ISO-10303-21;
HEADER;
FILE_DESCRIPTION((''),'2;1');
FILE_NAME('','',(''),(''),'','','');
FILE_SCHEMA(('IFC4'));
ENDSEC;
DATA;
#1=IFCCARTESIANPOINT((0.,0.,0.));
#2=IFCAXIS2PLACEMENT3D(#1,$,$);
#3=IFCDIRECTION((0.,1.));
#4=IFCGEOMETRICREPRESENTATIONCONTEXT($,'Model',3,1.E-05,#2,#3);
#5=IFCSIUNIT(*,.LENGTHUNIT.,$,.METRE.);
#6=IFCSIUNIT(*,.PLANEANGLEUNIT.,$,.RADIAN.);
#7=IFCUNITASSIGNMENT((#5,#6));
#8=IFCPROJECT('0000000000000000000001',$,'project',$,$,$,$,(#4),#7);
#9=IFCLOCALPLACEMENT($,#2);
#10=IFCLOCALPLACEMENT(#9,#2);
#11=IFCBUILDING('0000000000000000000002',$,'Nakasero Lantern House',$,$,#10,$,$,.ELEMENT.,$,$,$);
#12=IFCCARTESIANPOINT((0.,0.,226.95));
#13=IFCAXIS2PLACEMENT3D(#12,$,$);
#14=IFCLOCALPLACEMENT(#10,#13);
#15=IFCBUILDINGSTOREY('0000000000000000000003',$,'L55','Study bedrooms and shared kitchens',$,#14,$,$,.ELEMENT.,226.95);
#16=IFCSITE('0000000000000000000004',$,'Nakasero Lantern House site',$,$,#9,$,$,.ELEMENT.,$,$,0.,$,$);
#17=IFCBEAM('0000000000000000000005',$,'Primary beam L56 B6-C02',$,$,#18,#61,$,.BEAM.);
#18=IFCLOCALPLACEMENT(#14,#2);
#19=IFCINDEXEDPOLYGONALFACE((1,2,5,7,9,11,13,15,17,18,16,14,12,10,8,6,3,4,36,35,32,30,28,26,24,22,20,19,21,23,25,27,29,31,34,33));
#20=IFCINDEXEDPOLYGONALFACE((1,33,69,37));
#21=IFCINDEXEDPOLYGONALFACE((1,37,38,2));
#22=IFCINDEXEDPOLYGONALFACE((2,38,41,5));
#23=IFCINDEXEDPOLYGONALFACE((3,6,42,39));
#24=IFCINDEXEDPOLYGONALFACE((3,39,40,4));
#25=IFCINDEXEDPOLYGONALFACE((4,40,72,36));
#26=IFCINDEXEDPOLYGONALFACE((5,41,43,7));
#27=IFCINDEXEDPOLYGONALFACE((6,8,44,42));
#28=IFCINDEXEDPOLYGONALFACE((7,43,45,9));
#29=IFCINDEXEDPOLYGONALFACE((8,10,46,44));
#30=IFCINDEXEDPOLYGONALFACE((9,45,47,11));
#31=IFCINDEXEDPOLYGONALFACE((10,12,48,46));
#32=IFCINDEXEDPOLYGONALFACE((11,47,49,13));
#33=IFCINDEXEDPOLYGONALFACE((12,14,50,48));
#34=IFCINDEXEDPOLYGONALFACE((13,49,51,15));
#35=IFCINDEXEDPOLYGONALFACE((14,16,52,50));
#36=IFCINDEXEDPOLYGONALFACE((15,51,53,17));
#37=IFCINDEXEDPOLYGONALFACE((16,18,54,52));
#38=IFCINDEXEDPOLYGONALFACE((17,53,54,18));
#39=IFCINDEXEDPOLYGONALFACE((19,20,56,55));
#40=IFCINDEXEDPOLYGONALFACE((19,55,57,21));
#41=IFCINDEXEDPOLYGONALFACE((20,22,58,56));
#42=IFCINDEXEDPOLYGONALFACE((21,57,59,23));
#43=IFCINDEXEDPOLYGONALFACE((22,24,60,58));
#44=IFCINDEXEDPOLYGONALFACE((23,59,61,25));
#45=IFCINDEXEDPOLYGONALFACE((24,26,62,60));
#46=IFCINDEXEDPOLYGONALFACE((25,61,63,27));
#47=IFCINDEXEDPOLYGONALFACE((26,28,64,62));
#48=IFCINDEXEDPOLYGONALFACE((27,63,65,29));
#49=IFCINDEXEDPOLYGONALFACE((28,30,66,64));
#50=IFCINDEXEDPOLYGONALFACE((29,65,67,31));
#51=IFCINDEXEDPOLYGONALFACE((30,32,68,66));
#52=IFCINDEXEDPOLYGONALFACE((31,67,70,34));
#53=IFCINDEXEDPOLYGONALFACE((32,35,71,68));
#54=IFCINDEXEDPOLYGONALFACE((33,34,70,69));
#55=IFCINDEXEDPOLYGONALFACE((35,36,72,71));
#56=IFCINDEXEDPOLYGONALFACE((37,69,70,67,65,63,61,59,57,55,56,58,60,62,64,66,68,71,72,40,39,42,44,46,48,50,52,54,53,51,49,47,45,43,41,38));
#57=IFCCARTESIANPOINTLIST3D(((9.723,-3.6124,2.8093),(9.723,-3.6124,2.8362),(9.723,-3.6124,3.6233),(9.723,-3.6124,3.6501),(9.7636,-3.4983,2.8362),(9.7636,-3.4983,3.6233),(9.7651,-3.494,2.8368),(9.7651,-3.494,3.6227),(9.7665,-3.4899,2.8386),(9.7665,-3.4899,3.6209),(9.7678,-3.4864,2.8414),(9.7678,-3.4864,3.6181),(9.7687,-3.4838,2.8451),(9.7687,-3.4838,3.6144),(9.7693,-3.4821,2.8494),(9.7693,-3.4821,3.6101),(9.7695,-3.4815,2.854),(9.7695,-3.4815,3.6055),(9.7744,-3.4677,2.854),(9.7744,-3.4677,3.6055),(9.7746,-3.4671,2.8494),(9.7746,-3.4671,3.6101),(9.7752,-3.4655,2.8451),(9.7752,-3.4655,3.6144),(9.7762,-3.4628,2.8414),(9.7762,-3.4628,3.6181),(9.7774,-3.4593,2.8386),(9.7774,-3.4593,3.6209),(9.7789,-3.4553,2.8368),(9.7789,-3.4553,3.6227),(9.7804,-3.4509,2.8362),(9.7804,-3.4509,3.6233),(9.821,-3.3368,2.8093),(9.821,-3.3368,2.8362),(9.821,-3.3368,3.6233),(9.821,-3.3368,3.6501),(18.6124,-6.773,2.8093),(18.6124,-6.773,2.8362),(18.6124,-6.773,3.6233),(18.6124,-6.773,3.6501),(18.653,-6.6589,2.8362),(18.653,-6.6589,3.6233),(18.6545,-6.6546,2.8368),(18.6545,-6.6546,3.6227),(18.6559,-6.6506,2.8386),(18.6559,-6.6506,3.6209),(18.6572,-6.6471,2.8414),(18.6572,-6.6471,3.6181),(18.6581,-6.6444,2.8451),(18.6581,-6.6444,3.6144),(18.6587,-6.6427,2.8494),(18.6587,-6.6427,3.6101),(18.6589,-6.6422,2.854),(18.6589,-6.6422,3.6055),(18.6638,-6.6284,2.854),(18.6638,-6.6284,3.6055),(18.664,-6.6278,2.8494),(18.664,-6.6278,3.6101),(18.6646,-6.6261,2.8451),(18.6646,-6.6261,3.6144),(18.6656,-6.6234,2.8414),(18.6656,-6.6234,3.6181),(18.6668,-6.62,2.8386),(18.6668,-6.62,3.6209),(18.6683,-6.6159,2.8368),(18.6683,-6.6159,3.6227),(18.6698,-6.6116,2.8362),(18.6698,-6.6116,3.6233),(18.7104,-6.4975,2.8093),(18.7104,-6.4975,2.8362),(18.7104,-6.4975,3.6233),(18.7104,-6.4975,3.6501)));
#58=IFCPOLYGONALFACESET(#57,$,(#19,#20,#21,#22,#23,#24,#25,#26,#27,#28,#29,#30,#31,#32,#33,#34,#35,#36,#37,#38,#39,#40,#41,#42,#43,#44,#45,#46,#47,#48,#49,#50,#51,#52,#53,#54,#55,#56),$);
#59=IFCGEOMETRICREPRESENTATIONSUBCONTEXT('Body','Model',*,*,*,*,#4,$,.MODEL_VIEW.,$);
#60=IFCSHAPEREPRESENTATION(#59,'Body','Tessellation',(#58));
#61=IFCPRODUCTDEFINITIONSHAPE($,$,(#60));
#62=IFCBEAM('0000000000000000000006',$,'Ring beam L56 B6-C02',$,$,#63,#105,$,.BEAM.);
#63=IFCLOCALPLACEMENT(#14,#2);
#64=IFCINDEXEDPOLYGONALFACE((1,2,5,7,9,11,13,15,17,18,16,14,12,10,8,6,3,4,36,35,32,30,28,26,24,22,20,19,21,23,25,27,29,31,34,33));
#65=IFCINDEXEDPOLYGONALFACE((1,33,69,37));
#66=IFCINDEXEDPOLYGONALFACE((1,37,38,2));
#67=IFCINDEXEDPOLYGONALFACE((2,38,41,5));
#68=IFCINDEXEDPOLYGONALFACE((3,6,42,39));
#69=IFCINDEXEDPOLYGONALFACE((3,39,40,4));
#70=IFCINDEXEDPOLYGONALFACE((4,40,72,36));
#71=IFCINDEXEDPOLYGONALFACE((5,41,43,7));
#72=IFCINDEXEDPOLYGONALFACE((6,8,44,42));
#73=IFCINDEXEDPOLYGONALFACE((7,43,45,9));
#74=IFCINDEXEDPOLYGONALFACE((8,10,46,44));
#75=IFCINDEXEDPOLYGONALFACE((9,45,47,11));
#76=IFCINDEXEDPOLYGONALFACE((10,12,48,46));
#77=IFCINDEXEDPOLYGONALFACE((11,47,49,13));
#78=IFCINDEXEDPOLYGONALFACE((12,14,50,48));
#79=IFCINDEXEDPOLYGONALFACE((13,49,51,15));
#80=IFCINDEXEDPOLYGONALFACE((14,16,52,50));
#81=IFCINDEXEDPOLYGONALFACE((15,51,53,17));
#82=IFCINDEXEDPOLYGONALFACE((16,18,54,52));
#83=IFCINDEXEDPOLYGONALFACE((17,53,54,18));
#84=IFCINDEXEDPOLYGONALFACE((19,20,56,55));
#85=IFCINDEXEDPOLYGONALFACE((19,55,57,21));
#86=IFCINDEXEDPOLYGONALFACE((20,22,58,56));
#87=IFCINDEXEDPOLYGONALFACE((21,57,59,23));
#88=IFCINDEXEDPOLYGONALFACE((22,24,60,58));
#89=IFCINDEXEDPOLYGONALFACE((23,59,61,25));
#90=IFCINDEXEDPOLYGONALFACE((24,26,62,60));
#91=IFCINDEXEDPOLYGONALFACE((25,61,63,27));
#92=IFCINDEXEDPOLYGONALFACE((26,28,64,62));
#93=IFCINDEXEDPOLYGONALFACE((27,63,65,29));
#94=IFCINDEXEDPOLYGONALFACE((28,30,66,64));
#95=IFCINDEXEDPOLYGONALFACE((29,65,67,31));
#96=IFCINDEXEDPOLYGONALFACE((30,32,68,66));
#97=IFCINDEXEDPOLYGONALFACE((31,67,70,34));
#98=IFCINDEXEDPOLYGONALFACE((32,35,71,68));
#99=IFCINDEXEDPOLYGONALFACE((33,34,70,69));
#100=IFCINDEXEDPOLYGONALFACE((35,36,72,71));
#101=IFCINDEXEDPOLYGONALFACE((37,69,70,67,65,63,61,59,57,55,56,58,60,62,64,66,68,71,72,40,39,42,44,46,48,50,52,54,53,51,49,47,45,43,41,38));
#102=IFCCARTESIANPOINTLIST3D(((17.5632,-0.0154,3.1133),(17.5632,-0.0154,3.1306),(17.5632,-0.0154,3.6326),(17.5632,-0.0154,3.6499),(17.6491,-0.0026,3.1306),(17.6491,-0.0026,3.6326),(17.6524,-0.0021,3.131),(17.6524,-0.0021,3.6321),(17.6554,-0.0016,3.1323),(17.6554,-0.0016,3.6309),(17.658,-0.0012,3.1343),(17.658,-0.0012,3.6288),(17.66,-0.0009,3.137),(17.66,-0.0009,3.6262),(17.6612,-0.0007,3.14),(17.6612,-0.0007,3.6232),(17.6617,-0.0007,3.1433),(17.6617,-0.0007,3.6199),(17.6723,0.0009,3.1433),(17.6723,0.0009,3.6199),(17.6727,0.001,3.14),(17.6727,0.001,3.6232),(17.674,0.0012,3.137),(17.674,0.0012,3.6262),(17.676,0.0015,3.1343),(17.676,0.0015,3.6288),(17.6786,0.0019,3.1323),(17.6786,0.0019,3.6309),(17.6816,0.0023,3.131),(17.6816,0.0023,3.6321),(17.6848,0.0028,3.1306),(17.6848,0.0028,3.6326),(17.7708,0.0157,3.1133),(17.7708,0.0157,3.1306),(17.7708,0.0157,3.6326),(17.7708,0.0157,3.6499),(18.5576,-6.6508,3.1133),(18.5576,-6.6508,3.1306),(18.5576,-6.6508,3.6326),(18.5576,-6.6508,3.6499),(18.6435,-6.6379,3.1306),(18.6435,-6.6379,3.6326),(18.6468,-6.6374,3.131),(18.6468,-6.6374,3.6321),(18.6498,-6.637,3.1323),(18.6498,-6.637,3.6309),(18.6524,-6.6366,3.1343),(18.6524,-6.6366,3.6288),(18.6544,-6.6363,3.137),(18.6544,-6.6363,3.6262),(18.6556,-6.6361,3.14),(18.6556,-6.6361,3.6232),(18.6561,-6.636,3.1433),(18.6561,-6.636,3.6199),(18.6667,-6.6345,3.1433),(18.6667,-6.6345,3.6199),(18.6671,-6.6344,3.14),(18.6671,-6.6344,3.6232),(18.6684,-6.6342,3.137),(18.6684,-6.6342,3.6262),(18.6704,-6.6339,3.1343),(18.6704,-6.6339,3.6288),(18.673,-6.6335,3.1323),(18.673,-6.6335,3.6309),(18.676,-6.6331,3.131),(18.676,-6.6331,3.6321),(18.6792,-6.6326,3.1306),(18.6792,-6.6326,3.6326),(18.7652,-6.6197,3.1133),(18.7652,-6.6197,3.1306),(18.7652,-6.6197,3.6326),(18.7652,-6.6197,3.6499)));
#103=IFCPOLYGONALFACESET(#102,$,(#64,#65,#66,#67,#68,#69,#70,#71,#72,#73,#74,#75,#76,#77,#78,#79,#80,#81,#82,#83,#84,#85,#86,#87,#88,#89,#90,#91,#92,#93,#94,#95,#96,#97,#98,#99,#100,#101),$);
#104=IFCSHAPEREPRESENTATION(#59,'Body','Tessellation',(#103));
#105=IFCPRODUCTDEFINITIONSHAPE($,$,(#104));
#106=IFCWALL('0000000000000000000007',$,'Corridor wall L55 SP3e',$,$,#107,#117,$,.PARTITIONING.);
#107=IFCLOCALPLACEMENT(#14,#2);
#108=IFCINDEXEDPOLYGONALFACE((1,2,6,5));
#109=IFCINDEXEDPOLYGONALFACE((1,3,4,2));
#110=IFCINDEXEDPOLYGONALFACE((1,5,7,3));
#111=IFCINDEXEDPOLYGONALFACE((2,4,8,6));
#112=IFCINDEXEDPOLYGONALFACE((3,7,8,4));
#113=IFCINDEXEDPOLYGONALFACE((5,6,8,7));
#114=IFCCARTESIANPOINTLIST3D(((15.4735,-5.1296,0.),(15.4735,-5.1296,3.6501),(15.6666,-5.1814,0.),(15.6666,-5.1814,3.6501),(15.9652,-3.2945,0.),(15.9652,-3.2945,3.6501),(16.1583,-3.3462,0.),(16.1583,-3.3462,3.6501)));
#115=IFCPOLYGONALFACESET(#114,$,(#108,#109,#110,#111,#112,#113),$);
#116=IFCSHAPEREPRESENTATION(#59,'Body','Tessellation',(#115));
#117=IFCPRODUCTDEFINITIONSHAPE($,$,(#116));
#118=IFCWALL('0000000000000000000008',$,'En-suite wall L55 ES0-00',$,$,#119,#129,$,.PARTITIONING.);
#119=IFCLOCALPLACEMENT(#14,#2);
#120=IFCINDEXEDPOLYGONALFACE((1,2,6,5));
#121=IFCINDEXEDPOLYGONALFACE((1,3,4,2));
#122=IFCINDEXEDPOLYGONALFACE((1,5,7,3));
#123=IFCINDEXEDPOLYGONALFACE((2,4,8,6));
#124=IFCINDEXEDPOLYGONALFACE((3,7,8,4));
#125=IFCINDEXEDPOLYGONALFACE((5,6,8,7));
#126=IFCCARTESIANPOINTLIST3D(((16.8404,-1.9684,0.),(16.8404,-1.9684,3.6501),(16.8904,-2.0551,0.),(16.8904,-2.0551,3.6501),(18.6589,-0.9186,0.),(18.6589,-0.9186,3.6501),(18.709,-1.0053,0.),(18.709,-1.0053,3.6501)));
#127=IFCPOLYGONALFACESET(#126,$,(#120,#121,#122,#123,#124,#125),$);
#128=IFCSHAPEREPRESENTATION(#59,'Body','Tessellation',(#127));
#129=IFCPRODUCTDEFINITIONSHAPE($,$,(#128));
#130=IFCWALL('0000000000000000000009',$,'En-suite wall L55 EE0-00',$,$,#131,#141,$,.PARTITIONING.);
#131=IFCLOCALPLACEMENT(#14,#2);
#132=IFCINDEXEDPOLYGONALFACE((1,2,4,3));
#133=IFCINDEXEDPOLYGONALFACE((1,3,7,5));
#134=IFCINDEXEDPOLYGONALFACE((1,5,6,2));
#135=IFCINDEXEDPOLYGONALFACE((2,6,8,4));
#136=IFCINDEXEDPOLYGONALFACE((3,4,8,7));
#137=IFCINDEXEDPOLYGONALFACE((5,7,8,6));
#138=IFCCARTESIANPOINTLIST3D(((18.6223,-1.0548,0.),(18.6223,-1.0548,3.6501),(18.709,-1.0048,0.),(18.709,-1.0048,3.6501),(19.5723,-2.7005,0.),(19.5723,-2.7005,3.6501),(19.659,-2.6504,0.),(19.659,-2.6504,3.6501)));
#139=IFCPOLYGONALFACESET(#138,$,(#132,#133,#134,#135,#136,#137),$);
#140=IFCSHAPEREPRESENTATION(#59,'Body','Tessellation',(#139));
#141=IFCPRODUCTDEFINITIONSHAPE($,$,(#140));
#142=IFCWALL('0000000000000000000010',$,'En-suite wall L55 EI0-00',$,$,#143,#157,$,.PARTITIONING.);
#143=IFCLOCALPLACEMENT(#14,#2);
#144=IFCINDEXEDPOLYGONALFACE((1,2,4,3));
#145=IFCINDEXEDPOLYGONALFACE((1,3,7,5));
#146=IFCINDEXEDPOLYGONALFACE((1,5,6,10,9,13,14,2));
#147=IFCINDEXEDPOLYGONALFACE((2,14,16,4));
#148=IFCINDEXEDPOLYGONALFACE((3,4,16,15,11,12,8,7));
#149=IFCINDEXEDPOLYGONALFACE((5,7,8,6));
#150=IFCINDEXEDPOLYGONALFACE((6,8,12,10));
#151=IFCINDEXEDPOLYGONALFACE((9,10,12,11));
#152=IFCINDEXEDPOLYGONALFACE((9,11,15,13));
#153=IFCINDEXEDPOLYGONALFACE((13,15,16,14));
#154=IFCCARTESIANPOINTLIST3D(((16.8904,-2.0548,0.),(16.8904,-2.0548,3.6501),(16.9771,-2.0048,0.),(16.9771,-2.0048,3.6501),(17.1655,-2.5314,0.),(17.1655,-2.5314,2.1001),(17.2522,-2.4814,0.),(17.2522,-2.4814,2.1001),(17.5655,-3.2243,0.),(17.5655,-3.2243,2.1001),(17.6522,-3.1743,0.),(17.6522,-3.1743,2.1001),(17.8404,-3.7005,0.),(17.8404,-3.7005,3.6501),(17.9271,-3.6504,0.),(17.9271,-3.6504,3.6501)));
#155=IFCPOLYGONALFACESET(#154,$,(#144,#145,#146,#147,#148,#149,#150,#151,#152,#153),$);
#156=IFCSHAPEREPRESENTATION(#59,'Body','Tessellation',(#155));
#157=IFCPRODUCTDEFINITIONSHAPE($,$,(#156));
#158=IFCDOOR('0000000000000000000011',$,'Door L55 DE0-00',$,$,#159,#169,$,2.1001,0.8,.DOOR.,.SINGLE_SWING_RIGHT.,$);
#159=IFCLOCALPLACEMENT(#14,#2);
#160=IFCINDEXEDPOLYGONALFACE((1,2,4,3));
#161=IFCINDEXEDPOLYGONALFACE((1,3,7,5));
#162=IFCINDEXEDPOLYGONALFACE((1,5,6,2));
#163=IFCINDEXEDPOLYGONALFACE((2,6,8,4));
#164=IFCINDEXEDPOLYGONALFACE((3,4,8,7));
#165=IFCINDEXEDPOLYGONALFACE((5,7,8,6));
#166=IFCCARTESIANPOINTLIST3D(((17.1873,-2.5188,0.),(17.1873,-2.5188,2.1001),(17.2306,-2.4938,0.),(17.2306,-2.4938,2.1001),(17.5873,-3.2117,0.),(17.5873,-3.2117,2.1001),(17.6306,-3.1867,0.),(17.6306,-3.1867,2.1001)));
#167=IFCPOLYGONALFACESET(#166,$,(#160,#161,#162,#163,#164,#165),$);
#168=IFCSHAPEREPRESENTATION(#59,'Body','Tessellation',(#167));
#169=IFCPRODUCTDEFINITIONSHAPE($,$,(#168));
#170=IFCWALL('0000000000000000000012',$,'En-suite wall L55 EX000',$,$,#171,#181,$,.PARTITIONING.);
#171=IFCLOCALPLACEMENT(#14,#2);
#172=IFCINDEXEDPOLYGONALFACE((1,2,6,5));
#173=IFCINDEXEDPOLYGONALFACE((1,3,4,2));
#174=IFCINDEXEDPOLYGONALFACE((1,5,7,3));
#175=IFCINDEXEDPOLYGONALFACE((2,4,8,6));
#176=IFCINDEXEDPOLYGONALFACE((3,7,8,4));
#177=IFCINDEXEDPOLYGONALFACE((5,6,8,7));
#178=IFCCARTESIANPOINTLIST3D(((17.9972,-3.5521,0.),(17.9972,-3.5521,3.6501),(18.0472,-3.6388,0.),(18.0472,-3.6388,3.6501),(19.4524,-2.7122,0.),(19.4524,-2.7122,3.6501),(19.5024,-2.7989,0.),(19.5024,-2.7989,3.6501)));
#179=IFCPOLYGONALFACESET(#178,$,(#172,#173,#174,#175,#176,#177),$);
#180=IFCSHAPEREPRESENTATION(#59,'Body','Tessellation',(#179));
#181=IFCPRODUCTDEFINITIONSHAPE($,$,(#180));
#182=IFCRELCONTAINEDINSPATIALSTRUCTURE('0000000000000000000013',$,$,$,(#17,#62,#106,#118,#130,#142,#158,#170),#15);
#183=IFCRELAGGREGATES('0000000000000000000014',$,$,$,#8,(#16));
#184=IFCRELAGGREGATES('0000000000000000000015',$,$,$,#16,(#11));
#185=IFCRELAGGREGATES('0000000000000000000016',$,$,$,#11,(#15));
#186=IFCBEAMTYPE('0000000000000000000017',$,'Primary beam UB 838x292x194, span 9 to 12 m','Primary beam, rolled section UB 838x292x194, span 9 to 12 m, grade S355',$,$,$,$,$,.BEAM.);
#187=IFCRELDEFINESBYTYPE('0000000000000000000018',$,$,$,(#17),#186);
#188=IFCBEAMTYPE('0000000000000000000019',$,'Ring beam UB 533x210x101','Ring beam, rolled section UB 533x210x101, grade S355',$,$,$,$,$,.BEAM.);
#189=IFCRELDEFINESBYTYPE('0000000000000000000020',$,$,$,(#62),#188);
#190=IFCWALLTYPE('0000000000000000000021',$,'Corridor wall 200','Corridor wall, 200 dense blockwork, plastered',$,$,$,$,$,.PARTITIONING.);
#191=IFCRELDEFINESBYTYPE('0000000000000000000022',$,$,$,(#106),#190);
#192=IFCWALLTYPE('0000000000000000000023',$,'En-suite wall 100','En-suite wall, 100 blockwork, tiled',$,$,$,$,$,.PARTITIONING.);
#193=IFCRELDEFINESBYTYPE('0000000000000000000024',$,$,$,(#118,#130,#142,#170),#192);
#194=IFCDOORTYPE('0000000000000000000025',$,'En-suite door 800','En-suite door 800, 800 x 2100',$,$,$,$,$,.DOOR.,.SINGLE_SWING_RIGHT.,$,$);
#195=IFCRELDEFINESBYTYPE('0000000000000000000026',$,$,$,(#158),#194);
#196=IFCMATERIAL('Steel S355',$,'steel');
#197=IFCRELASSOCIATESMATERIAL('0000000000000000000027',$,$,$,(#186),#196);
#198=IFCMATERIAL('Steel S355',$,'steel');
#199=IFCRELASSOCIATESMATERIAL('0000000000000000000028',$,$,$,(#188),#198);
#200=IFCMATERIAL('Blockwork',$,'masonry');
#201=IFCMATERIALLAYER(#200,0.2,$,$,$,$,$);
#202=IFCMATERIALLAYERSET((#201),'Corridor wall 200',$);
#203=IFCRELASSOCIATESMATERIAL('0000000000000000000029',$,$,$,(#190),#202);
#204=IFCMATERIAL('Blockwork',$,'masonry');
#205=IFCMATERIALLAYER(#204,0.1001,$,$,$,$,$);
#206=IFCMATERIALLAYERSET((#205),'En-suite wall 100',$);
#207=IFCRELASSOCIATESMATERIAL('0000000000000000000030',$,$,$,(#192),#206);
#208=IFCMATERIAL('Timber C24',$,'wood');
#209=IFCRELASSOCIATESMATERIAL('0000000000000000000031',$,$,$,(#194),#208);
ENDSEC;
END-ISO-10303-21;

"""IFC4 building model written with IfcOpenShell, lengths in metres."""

from ifc_helpers import new_model, si_unit, direction, frame, frame_2d, origin, origin_2d, place, context, subcontext, project, spatial, rectangle, i_section, extrude, material, layer, layer_set, material_profile, profile_set, type_object, element, fill, save


model = new_model("IFC4")

# Units and contexts
model_context = context("Model", 3, precision=1e-05, world=origin(), true_north=direction((0.0, 1.0)))
body_context = subcontext(model_context, "Body", "Model", "MODEL_VIEW")
ifc_project = project(units=[si_unit("LENGTHUNIT", "METRE"), si_unit("PLANEANGLEUNIT", "RADIAN")], contexts=[model_context])

# Site, building, storey
site_placement = place(None, origin())
site = spatial("IfcSite", under=ifc_project, at=site_placement, Name="Nakasero Lantern House site", CompositionType="ELEMENT", RefElevation=0.0)
building_placement = place(site_placement, origin())
building = spatial("IfcBuilding", under=site, at=building_placement, Name="Nakasero Lantern House", CompositionType="ELEMENT")
storey_placement = place(building_placement, frame((0.0, 0.0, 226.95)))
storey = spatial("IfcBuildingStorey", under=building, at=storey_placement, Name="L55", Description="Study bedrooms and shared kitchens", CompositionType="ELEMENT", Elevation=226.95)

# Beams
ifc_material_1 = material(Name="Steel S355", Category="steel")
ifc_material_profile_1 = material_profile(ifc_material_1, i_section(OverallWidth=0.2925, OverallDepth=0.8408, WebThickness=0.0146, FlangeThickness=0.0269, FilletRadius=0.0178, at=origin_2d()), Name="UB 838x292x194")
ifc_profile_set_1 = profile_set([ifc_material_profile_1], Name="Steel S355")
beam_type_1 = type_object("IfcBeamType", Name="Primary beam UB 838x292x194, span 9 to 12 m", Description="Primary beam, rolled section UB 838x292x194, span 9 to 12 m, grade S355", PredefinedType="BEAM", material=ifc_profile_set_1)
beam_1_placement = place(storey_placement, frame((18.6614, -6.6353, 3.2297), z_axis=(-0.942216, 0.335007, 0.0), x_axis=(-0.335007, -0.942216, 0.0)))
element("IfcBeam", 1, at=beam_1_placement, inside=storey, type_object=beam_type_1, Name="Primary beam L56 B6-C02", PredefinedType="BEAM", context=body_context, shape_type="SweptSolid", body=[
    extrude(i_section(OverallWidth=0.2925, OverallDepth=0.8408, WebThickness=0.0146, FlangeThickness=0.0269, FilletRadius=0.0178, at=origin_2d()), origin(), (0.0, 0.0, 1.0), 9.4346),
])
ifc_material_2 = material(Name="Steel S355", Category="steel")
ifc_material_profile_2 = material_profile(ifc_material_2, i_section(OverallWidth=0.21, OverallDepth=0.5366, WebThickness=0.0107, FlangeThickness=0.0173, FilletRadius=0.0127, at=origin_2d()), Name="UB 533x210x101")
ifc_profile_set_2 = profile_set([ifc_material_profile_2], Name="Steel S355")
beam_type_2 = type_object("IfcBeamType", Name="Ring beam UB 533x210x101", Description="Ring beam, rolled section UB 533x210x101, grade S355", PredefinedType="BEAM", material=ifc_profile_set_2)
beam_2_placement = place(storey_placement, frame((18.6614, -6.6353, 3.3816), z_axis=(-0.148209, 0.988956, 0.0), x_axis=(-0.988956, -0.148209, 0.0)))
element("IfcBeam", 2, at=beam_2_placement, inside=storey, type_object=beam_type_2, Name="Ring beam L56 B6-C02", PredefinedType="BEAM", context=body_context, shape_type="SweptSolid", body=[
    extrude(i_section(OverallWidth=0.21, OverallDepth=0.5366, WebThickness=0.0107, FlangeThickness=0.0173, FilletRadius=0.0127, at=origin_2d()), origin(), (0.0, 0.0, 1.0), 6.7095),
])

# Walls
ifc_material_3 = material(Name="Blockwork", Category="masonry")
ifc_layer_1 = layer(ifc_material_3, 0.2)
ifc_layer_set_1 = layer_set([ifc_layer_1], Name="Corridor wall 200")
wall_type_1 = type_object("IfcWallType", Name="Corridor wall 200", Description="Corridor wall, 200 dense blockwork, plastered", PredefinedType="PARTITIONING", material=ifc_layer_set_1)
wall_1_placement = place(storey_placement, frame((15.5701, -5.1555, 0.0), z_axis=(0.0, 0.0, 1.0), x_axis=(0.258798, 0.965931, 0.0)))
element("IfcWall", 3, at=wall_1_placement, inside=storey, type_object=wall_type_1, Name="Corridor wall L55 SP3e", PredefinedType="PARTITIONING", context=body_context, shape_type="SweptSolid", body=[
    extrude(rectangle(XDim=1.8999, YDim=0.2, at=frame_2d((0.95, 0.0))), origin(), (0.0, 0.0, 1.0), 3.6501),
])
ifc_material_4 = material(Name="Blockwork", Category="masonry")
ifc_layer_2 = layer(ifc_material_4, 0.1001)
ifc_layer_set_2 = layer_set([ifc_layer_2], Name="En-suite wall 100")
wall_type_2 = type_object("IfcWallType", Name="En-suite wall 100", Description="En-suite wall, 100 blockwork, tiled", PredefinedType="PARTITIONING", material=ifc_layer_set_2)
wall_2_placement = place(storey_placement, frame((16.8655, -2.0117, 0.0), z_axis=(0.0, 0.0, 1.0), x_axis=(0.86606, 0.499941, 0.0)))
element("IfcWall", 4, at=wall_2_placement, inside=storey, type_object=wall_type_2, Name="En-suite wall L55 ES0-00", PredefinedType="PARTITIONING", context=body_context, shape_type="SweptSolid", body=[
    extrude(rectangle(XDim=2.0999, YDim=0.1001, at=frame_2d((1.0498, 0.0))), origin(), (0.0, 0.0, 1.0), 3.6501),
])
wall_3_placement = place(storey_placement, frame((19.6157, -2.6755, 0.0), z_axis=(0.0, 0.0, 1.0), x_axis=(-0.499967, 0.866044, 0.0)))
element("IfcWall", 5, at=wall_3_placement, inside=storey, type_object=wall_type_2, Name="En-suite wall L55 EE0-00", PredefinedType="PARTITIONING", context=body_context, shape_type="SweptSolid", body=[
    extrude(rectangle(XDim=1.9001, YDim=0.1001, at=frame_2d((0.9502, 0.0))), origin(), (0.0, 0.0, 1.0), 3.6501),
])

# Wall, opening, door
wall_4_placement = place(storey_placement, frame((17.8838, -3.6755, 0.0), z_axis=(0.0, 0.0, 1.0), x_axis=(-0.499967, 0.866044, 0.0)))
wall_4 = element("IfcWall", 6, at=wall_4_placement, inside=storey, type_object=wall_type_2, Name="En-suite wall L55 EI0-00", PredefinedType="PARTITIONING", context=body_context, shape_type="SweptSolid", body=[
    extrude(rectangle(XDim=1.9001, YDim=0.1001, at=frame_2d((0.9502, 0.0))), origin(), (0.0, 0.0, 1.0), 3.6501),
])
opening_1_placement = place(wall_4_placement, frame((0.55, 0.0, 0.0)))
opening_1 = element("IfcOpeningElement", 7, at=opening_1_placement, cuts=wall_4, PredefinedType="OPENING", context=body_context, shape_type="SweptSolid", body=[
    extrude(rectangle(XDim=0.8, YDim=2.1001, at=frame_2d((0.3999, 1.05))), frame((0.0, 0.0701, 0.0), z_axis=(0.0, -1.0, 0.0), x_axis=(1.0, 0.0, 0.0)), (0.0, 0.0, 1.0), 0.1401),
])
ifc_material_5 = material(Name="Timber C24", Category="wood")
door_type_1 = type_object("IfcDoorType", Name="En-suite door 800", Description="En-suite door 800, 800 x 2100", OperationType="SINGLE_SWING_RIGHT", PredefinedType="DOOR", material=ifc_material_5)
door_1_placement = place(opening_1_placement, origin())
door_1 = element("IfcDoor", 8, at=door_1_placement, inside=storey, type_object=door_type_1, Name="Door L55 DE0-00", OperationType="SINGLE_SWING_RIGHT", OverallHeight=2.1001, OverallWidth=0.8, PredefinedType="DOOR", context=body_context, shape_type="SweptSolid", body=[
    extrude(rectangle(XDim=0.8, YDim=2.1001, at=frame_2d((0.3999, 1.05))), frame((0.0, 0.0249, 0.0), z_axis=(0.0, -1.0, 0.0), x_axis=(1.0, 0.0, 0.0)), (0.0, 0.0, 1.0), 0.05),
])
fill(opening_1, door_1)

# Wall
wall_5_placement = place(storey_placement, frame((18.0222, -3.5955, 0.0), z_axis=(0.0, 0.0, 1.0), x_axis=(0.866089, 0.49989, 0.0)))
element("IfcWall", 9, at=wall_5_placement, inside=storey, type_object=wall_type_2, Name="En-suite wall L55 EX000", PredefinedType="PARTITIONING", context=body_context, shape_type="SweptSolid", body=[
    extrude(rectangle(XDim=1.6802, YDim=0.1001, at=frame_2d((0.8401, 0.0))), origin(), (0.0, 0.0, 1.0), 3.6501),
])

save(model, "model.ifc")
